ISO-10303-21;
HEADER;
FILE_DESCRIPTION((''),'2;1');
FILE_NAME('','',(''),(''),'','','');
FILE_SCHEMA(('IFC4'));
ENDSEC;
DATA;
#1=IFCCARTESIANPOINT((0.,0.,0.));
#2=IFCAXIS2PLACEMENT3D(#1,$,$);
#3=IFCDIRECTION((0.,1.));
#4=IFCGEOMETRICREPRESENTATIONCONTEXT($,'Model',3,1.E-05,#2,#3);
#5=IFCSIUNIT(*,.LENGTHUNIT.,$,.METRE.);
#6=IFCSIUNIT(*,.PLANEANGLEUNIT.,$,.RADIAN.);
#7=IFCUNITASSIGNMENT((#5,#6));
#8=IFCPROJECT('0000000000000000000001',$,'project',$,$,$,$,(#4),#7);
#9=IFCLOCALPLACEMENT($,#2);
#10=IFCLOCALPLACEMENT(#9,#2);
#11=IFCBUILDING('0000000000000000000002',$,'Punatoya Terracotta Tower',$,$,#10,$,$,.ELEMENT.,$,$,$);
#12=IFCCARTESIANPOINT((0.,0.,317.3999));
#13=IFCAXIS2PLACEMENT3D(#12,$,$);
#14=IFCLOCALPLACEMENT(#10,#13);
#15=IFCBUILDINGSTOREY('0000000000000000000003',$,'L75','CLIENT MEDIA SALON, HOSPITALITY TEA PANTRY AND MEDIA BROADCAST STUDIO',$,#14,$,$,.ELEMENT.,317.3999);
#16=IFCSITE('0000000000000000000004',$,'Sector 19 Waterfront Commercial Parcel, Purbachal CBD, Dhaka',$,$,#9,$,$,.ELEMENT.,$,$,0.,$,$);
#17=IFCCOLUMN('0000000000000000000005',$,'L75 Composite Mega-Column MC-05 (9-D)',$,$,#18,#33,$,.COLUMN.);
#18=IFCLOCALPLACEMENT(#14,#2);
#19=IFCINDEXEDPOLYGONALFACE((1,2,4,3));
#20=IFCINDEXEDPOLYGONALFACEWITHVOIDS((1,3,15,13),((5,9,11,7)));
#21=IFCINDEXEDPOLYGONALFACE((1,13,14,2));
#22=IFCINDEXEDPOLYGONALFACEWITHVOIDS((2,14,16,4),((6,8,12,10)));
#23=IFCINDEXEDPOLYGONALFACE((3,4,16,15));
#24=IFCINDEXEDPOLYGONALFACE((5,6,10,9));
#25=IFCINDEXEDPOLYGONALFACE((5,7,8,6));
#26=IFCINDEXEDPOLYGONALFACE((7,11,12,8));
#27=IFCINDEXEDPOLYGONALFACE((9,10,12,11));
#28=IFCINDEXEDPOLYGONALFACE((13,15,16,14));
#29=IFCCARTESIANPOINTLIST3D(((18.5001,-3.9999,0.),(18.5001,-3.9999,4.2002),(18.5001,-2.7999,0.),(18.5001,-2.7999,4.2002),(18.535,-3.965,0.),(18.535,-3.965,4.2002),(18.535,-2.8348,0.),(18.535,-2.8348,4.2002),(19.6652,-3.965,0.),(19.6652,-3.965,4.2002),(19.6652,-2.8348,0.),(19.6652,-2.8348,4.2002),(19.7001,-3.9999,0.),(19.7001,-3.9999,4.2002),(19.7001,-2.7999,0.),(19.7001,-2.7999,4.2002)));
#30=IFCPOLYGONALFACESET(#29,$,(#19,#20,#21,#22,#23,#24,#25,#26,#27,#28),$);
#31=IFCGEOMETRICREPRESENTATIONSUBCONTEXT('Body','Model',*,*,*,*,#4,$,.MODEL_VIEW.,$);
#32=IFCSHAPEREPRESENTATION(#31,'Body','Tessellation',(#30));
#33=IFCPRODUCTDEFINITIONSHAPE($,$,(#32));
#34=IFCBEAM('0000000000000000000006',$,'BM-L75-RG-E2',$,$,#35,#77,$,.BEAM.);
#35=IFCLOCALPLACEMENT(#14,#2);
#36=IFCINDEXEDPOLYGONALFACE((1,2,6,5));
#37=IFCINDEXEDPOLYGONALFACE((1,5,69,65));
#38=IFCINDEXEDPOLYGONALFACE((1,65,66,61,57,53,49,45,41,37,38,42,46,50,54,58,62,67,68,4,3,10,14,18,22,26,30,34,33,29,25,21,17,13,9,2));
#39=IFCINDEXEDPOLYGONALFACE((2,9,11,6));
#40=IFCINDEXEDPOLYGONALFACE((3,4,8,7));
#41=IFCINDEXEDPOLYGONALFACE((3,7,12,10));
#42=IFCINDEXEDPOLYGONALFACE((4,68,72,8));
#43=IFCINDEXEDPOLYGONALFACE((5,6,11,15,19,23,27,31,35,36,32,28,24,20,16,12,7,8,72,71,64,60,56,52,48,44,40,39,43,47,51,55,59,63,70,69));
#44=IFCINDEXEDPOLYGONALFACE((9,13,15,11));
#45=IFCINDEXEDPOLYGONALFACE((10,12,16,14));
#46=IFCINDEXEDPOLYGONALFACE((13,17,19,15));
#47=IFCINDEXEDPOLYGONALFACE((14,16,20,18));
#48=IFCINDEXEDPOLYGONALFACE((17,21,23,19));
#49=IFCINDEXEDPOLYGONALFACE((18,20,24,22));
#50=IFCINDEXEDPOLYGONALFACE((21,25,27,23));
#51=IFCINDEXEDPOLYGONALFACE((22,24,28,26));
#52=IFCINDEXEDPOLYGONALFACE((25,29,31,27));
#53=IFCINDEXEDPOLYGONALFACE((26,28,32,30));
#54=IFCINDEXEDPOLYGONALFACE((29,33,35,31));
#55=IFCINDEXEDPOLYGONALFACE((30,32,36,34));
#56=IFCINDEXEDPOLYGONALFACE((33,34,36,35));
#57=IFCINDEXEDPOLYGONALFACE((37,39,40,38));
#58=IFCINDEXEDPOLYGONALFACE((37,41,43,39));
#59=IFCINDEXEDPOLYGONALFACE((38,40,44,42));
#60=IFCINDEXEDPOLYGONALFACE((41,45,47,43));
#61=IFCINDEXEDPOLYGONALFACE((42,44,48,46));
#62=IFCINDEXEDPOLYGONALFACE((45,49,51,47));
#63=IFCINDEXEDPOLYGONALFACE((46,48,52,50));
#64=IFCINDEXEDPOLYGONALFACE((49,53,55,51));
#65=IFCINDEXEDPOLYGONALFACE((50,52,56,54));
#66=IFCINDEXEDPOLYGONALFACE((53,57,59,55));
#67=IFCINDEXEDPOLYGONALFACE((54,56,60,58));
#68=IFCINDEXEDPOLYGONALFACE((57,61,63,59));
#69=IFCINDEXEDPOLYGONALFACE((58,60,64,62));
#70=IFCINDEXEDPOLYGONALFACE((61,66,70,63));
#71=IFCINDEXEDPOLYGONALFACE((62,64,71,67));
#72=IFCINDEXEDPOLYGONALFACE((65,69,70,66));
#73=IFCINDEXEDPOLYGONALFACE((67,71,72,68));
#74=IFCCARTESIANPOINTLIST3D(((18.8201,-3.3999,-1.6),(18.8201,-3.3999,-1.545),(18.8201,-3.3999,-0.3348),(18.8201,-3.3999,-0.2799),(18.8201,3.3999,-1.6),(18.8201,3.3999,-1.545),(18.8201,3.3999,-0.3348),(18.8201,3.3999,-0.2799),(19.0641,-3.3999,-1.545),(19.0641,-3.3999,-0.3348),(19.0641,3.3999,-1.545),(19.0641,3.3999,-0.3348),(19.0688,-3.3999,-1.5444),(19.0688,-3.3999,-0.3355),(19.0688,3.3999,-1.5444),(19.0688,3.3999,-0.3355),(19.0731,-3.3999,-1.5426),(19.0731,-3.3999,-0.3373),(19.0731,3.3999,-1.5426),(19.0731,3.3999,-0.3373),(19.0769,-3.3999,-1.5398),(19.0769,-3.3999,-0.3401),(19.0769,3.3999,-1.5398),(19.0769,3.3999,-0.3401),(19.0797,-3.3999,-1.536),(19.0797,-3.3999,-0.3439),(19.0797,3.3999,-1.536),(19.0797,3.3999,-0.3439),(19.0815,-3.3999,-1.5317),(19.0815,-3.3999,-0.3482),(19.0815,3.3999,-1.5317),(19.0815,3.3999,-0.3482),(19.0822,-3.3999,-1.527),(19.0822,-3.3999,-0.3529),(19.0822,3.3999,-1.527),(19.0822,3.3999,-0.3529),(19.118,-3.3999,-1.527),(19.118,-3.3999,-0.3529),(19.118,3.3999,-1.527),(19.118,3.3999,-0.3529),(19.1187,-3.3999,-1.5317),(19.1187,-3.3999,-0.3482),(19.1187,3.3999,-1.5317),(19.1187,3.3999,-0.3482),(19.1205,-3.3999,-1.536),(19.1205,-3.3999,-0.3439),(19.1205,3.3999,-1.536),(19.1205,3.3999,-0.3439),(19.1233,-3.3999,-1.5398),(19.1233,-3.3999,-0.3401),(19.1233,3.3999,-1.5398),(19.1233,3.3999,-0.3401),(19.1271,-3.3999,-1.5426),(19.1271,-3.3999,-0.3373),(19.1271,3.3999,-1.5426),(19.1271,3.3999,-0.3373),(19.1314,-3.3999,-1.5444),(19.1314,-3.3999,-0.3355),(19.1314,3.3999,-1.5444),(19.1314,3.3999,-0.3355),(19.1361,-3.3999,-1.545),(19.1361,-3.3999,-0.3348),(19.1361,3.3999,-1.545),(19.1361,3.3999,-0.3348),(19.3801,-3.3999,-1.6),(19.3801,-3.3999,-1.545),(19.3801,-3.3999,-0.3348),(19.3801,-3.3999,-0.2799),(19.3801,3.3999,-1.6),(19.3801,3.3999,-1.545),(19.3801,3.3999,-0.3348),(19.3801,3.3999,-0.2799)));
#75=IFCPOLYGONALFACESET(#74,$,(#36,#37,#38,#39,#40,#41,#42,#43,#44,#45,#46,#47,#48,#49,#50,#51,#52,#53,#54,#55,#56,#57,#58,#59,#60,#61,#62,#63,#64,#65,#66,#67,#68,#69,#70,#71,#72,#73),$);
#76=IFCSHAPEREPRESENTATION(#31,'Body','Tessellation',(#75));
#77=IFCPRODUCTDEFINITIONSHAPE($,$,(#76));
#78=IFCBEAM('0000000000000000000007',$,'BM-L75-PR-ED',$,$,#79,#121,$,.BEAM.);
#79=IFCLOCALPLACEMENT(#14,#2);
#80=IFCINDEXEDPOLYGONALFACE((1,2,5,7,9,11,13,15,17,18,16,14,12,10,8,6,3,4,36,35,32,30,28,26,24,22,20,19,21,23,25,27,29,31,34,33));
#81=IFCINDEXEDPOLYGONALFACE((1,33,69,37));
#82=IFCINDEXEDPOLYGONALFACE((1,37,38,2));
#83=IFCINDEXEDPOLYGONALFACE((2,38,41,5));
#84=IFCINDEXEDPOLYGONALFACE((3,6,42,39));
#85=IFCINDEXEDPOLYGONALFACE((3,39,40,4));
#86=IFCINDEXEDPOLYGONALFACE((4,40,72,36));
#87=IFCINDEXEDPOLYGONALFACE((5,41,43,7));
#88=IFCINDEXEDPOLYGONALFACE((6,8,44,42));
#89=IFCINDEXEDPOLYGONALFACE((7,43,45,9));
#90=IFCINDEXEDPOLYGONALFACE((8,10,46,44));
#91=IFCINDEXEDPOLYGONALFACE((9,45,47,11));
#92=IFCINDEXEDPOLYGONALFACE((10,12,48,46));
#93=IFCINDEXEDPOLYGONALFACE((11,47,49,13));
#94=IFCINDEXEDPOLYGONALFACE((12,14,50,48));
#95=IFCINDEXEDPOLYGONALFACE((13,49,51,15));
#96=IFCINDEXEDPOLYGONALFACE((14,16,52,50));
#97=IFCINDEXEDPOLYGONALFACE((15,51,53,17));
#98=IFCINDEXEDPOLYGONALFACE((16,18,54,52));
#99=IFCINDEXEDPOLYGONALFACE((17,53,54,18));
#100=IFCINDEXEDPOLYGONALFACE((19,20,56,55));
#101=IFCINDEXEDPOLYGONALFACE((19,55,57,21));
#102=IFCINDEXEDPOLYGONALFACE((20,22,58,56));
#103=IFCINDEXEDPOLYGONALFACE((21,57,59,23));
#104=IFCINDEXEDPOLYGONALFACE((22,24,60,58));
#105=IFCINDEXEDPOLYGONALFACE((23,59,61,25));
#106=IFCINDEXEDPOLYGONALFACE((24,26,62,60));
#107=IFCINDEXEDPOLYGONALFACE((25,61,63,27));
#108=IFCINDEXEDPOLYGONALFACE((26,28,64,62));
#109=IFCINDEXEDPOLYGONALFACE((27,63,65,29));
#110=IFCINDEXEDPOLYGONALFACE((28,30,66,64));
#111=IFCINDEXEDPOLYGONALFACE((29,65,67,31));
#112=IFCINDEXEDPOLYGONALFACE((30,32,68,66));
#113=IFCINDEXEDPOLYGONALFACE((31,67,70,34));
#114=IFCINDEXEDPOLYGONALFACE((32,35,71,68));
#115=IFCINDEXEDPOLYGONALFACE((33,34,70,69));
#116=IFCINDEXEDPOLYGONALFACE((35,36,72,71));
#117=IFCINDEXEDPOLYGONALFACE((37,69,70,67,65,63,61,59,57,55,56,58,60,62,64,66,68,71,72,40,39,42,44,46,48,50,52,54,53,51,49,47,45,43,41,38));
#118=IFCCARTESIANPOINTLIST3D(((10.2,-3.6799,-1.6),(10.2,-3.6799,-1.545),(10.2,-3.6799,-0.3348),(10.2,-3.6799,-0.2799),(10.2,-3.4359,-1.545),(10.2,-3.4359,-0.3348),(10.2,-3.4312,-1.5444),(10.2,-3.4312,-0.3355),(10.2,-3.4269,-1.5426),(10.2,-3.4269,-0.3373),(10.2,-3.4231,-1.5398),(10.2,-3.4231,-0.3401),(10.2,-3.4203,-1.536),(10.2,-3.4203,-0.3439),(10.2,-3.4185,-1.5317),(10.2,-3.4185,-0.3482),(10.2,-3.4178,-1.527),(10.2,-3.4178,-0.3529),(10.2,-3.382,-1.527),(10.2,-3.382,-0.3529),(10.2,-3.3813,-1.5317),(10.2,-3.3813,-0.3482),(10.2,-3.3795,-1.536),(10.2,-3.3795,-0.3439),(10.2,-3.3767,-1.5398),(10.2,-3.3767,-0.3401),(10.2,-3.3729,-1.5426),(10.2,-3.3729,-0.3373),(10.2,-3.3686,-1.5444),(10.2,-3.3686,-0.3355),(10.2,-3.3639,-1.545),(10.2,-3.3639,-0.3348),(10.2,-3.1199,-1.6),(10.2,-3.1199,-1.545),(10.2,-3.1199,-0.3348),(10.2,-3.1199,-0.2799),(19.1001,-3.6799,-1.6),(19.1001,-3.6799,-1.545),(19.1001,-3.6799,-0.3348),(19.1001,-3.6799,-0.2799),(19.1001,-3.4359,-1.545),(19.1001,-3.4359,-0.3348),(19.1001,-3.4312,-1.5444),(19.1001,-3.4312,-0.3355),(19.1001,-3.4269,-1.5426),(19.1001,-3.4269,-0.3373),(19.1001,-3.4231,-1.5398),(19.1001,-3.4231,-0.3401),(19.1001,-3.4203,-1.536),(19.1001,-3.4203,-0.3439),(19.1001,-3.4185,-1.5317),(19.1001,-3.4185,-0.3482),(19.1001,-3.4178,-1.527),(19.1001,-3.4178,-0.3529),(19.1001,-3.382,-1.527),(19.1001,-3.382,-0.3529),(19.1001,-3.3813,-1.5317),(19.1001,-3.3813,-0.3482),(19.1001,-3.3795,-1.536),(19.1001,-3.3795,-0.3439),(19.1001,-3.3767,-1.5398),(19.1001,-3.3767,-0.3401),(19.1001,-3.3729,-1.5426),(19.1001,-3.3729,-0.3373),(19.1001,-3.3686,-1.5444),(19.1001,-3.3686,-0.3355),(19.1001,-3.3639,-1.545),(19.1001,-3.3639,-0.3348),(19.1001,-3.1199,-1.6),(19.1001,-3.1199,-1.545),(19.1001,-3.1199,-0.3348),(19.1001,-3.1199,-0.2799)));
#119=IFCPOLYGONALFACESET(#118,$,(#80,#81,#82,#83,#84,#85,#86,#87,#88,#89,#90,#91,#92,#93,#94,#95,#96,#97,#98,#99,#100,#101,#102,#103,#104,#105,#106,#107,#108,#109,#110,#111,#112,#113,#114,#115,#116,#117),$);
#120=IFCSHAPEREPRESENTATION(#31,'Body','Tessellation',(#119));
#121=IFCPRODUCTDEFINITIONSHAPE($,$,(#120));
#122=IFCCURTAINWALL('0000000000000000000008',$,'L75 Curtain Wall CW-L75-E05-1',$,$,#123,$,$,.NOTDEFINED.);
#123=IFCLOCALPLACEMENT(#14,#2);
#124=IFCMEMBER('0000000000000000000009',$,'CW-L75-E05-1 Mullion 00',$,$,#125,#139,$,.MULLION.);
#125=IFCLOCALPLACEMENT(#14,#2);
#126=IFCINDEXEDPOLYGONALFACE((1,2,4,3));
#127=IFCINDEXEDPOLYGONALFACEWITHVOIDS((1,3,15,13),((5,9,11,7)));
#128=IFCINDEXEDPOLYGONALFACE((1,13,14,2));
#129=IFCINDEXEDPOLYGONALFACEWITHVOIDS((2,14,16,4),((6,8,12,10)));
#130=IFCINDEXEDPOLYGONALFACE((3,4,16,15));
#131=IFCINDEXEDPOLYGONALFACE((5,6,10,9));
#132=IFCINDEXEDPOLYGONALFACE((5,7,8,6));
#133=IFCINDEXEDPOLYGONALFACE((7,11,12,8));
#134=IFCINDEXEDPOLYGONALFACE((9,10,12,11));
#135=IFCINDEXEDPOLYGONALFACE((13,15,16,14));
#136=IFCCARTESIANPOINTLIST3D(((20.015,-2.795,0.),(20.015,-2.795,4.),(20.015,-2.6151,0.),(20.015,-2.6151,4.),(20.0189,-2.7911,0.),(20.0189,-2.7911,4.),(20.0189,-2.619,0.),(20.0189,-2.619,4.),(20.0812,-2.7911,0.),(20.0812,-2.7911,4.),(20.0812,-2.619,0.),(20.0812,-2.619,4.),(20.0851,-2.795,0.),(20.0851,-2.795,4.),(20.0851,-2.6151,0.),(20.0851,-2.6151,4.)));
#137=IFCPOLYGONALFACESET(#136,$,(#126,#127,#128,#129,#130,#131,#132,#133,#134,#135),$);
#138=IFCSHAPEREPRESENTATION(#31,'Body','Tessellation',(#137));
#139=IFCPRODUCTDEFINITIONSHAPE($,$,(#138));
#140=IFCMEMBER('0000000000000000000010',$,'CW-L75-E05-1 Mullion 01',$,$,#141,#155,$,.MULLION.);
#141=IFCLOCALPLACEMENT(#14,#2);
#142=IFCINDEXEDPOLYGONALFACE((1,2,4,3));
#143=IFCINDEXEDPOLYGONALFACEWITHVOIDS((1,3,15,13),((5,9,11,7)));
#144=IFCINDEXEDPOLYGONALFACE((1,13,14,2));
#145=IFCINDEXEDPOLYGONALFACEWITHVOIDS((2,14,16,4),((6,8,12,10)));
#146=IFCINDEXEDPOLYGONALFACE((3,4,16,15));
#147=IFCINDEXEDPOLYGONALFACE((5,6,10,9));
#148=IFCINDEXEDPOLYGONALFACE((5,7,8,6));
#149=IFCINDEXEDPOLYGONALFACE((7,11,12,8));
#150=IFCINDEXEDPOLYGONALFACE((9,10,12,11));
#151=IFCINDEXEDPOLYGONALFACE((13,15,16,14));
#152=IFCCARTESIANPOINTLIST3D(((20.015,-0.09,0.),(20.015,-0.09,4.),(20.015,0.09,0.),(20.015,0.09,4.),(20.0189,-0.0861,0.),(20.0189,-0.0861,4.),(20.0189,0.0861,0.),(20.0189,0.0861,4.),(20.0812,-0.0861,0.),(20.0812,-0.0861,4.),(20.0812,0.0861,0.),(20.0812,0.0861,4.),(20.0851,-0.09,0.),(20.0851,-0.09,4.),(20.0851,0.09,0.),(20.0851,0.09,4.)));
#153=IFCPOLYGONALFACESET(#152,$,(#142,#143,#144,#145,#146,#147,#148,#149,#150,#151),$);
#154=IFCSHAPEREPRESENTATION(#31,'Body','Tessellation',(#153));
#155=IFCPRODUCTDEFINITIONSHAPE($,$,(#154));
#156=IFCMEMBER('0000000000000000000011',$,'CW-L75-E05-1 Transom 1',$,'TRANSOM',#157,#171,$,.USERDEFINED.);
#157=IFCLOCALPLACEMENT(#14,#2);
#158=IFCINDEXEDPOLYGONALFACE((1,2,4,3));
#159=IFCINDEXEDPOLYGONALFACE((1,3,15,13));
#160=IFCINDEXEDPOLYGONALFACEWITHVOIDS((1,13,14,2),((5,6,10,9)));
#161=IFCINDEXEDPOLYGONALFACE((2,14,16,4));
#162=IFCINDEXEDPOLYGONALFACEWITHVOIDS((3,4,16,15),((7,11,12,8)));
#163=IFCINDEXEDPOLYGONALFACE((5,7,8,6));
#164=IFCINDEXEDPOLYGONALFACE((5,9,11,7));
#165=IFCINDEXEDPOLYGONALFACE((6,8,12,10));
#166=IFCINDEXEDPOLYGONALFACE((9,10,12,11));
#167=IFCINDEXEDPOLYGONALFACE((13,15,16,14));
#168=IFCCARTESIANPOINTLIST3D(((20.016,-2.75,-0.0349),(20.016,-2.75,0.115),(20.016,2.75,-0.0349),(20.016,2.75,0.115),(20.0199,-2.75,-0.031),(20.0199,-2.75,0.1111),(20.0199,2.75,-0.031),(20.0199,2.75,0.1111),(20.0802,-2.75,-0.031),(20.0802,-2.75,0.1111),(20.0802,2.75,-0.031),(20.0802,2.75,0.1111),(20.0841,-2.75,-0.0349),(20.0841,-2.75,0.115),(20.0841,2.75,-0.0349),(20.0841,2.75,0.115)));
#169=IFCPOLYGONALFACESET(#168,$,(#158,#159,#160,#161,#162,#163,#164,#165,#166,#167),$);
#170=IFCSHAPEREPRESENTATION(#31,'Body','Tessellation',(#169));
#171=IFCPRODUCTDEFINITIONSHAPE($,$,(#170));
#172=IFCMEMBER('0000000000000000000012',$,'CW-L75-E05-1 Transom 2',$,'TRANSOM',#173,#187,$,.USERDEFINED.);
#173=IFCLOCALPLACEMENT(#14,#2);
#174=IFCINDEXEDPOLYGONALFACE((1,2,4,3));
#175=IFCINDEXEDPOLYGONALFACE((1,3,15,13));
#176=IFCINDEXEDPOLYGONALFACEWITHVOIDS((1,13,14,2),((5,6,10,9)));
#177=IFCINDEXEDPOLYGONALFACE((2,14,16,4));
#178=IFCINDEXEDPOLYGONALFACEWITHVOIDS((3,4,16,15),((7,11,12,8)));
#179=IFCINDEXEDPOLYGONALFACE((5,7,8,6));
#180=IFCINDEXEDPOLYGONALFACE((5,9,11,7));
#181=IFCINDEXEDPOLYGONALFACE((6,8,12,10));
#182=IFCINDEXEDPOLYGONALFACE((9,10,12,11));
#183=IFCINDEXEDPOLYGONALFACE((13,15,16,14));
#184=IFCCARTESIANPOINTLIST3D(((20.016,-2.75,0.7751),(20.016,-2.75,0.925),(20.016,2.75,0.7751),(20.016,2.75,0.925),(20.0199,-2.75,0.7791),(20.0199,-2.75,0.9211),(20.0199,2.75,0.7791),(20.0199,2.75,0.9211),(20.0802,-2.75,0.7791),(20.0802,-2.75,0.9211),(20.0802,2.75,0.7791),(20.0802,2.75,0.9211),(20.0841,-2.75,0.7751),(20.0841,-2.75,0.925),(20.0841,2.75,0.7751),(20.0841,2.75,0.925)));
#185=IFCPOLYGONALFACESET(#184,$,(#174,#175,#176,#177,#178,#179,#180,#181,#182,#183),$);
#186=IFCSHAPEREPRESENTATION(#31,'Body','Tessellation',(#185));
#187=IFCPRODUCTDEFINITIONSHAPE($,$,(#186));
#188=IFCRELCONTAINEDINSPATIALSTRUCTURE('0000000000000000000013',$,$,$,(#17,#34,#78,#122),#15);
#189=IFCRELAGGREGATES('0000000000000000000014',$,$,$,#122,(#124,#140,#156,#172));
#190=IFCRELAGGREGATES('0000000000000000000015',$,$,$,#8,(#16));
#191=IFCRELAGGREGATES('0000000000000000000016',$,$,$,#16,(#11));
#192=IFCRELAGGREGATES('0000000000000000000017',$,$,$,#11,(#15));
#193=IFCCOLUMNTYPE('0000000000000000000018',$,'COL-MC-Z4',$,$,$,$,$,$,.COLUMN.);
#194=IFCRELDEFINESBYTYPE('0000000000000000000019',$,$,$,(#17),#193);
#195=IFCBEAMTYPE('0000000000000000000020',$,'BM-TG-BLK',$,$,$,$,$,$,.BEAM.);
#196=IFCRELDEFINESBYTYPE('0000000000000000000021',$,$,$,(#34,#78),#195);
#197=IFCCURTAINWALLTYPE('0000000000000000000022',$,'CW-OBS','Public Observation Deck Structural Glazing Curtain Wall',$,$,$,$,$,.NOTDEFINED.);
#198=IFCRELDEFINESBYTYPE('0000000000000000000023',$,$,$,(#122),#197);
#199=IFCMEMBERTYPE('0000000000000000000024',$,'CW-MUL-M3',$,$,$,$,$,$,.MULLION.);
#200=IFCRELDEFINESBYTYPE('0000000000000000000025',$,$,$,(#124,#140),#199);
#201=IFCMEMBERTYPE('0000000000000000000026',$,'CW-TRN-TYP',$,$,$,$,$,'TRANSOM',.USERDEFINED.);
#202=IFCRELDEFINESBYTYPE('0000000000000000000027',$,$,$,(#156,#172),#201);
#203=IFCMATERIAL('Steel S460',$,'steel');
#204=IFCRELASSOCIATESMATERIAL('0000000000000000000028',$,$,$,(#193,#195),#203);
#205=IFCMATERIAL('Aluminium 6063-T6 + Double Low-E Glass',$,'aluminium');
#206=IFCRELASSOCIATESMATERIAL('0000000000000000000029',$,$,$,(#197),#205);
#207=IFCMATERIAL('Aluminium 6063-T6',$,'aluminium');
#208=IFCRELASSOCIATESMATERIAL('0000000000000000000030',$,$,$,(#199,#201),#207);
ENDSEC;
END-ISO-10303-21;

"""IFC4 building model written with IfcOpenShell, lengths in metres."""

from ifc_helpers import new_model, si_unit, direction, frame, origin, origin_2d, place, context, subcontext, project, spatial, hollow_rectangle, i_section, extrude, material, material_profile, profile_set, type_object, element, aggregate, save


model = new_model("IFC4")

# Units and contexts
model_context = context("Model", 3, precision=1e-05, world=origin(), true_north=direction((0.0, 1.0)))
body_context = subcontext(model_context, "Body", "Model", "MODEL_VIEW")
ifc_project = project(units=[si_unit("LENGTHUNIT", "METRE"), si_unit("PLANEANGLEUNIT", "RADIAN")], contexts=[model_context])

# Site, building, storey
site_placement = place(None, origin())
site = spatial("IfcSite", under=ifc_project, at=site_placement, Name="Sector 19 Waterfront Commercial Parcel, Purbachal CBD, Dhaka", CompositionType="ELEMENT", RefElevation=0.0)
building_placement = place(site_placement, origin())
building = spatial("IfcBuilding", under=site, at=building_placement, Name="Punatoya Terracotta Tower", CompositionType="ELEMENT")
storey_placement = place(building_placement, frame((0.0, 0.0, 317.3999)))
storey = spatial("IfcBuildingStorey", under=building, at=storey_placement, Name="L75", Description="CLIENT MEDIA SALON, HOSPITALITY TEA PANTRY AND MEDIA BROADCAST STUDIO", CompositionType="ELEMENT", Elevation=317.3999)

# Column
ifc_material_1 = material(Name="Steel S460", Category="steel")
ifc_material_profile_1 = material_profile(ifc_material_1, hollow_rectangle(XDim=1.2, YDim=1.2, WallThickness=0.0349, at=origin_2d()))
ifc_profile_set_1 = profile_set([ifc_material_profile_1], Name="Steel S460")
column_type = type_object("IfcColumnType", Name="COL-MC-Z4", PredefinedType="COLUMN", material=ifc_profile_set_1)
column_placement = place(storey_placement, frame((19.1001, -3.3999, 0.0), z_axis=(0.0, 0.0, 1.0), x_axis=(1.0, 0.0, 0.0)))
element("IfcColumn", 1, at=column_placement, inside=storey, type_object=column_type, Name="L75 Composite Mega-Column MC-05 (9-D)", PredefinedType="COLUMN", context=body_context, shape_type="SweptSolid", body=[
    extrude(hollow_rectangle(XDim=1.2, YDim=1.2, WallThickness=0.0349, at=origin_2d()), origin(), (0.0, 0.0, 1.0), 4.2002),
])

# Beams
ifc_material_profile_2 = material_profile(ifc_material_1, i_section(OverallWidth=0.5601, OverallDepth=1.3201, WebThickness=0.0359, FlangeThickness=0.0549, FilletRadius=0.0181, at=origin_2d()))
ifc_profile_set_2 = profile_set([ifc_material_profile_2], Name="Steel S460")
beam_type = type_object("IfcBeamType", Name="BM-TG-BLK", PredefinedType="BEAM", material=ifc_profile_set_2)
beam_1_placement = place(storey_placement, frame((19.1001, -3.3999, -0.9399), z_axis=(0.0, 1.0, 0.0), x_axis=(-1.0, 0.0, 0.0)))
element("IfcBeam", 2, at=beam_1_placement, inside=storey, type_object=beam_type, Name="BM-L75-RG-E2", PredefinedType="BEAM", context=body_context, shape_type="SweptSolid", body=[
    extrude(i_section(OverallWidth=0.5601, OverallDepth=1.3201, WebThickness=0.0359, FlangeThickness=0.0549, FilletRadius=0.0181, at=origin_2d()), origin(), (0.0, 0.0, 1.0), 6.7998),
])
beam_2_placement = place(storey_placement, frame((10.2, -3.3999, -0.9399), z_axis=(1.0, 0.0, 0.0), x_axis=(0.0, 1.0, 0.0)))
element("IfcBeam", 3, at=beam_2_placement, inside=storey, type_object=beam_type, Name="BM-L75-PR-ED", PredefinedType="BEAM", context=body_context, shape_type="SweptSolid", body=[
    extrude(i_section(OverallWidth=0.5601, OverallDepth=1.3201, WebThickness=0.0359, FlangeThickness=0.0549, FilletRadius=0.0181, at=origin_2d()), origin(), (0.0, 0.0, 1.0), 8.9001),
])

# Curtain wall, members
ifc_material_2 = material(Name="Aluminium 6063-T6 + Double Low-E Glass", Category="aluminium")
curtain_wall_type = type_object("IfcCurtainWallType", Name="CW-OBS", Description="Public Observation Deck Structural Glazing Curtain Wall", PredefinedType="NOTDEFINED", material=ifc_material_2)
curtain_wall_placement = place(storey_placement, origin())
curtain_wall = element("IfcCurtainWall", 4, at=curtain_wall_placement, inside=storey, type_object=curtain_wall_type, Name="L75 Curtain Wall CW-L75-E05-1", PredefinedType="NOTDEFINED")
ifc_material_3 = material(Name="Aluminium 6063-T6", Category="aluminium")
ifc_material_profile_3 = material_profile(ifc_material_3, hollow_rectangle(XDim=0.0701, YDim=0.1799, WallThickness=0.0039, at=origin_2d()))
ifc_profile_set_3 = profile_set([ifc_material_profile_3], Name="Aluminium 6063-T6")
member_type_1 = type_object("IfcMemberType", Name="CW-MUL-M3", PredefinedType="MULLION", material=ifc_profile_set_3)
member_1_placement = place(storey_placement, frame((20.05, -2.7051, 0.0), z_axis=(0.0, 0.0, 1.0), x_axis=(1.0, 0.0, 0.0)))
member_1 = element("IfcMember", 5, at=member_1_placement, type_object=member_type_1, Name="CW-L75-E05-1 Mullion 00", PredefinedType="MULLION", context=body_context, shape_type="SweptSolid", body=[
    extrude(hollow_rectangle(XDim=0.0701, YDim=0.1799, WallThickness=0.0039, at=origin_2d()), origin(), (0.0, 0.0, 1.0), 4.0),
])
member_2_placement = place(storey_placement, frame((20.05, 0.0, 0.0), z_axis=(0.0, 0.0, 1.0), x_axis=(1.0, 0.0, 0.0)))
member_2 = element("IfcMember", 6, at=member_2_placement, type_object=member_type_1, Name="CW-L75-E05-1 Mullion 01", PredefinedType="MULLION", context=body_context, shape_type="SweptSolid", body=[
    extrude(hollow_rectangle(XDim=0.0701, YDim=0.1799, WallThickness=0.0039, at=origin_2d()), origin(), (0.0, 0.0, 1.0), 4.0),
])
ifc_material_profile_4 = material_profile(ifc_material_3, hollow_rectangle(XDim=0.0681, YDim=0.1499, WallThickness=0.0039, at=origin_2d()))
ifc_profile_set_4 = profile_set([ifc_material_profile_4], Name="Aluminium 6063-T6")
member_type_2 = type_object("IfcMemberType", Name="CW-TRN-TYP", ElementType="TRANSOM", PredefinedType="USERDEFINED", material=ifc_profile_set_4)
member_3_placement = place(storey_placement, frame((20.05, -2.75, 0.04), z_axis=(0.0, 1.0, 0.0), x_axis=(-1.0, 0.0, 0.0)))
member_3 = element("IfcMember", 7, at=member_3_placement, type_object=member_type_2, Name="CW-L75-E05-1 Transom 1", ObjectType="TRANSOM", PredefinedType="USERDEFINED", context=body_context, shape_type="SweptSolid", body=[
    extrude(hollow_rectangle(XDim=0.0681, YDim=0.1499, WallThickness=0.0039, at=origin_2d()), origin(), (0.0, 0.0, 1.0), 5.5),
])
member_4_placement = place(storey_placement, frame((20.05, -2.75, 0.8501), z_axis=(0.0, 1.0, 0.0), x_axis=(-1.0, 0.0, 0.0)))
member_4 = element("IfcMember", 8, at=member_4_placement, type_object=member_type_2, Name="CW-L75-E05-1 Transom 2", ObjectType="TRANSOM", PredefinedType="USERDEFINED", context=body_context, shape_type="SweptSolid", body=[
    extrude(hollow_rectangle(XDim=0.0681, YDim=0.1499, WallThickness=0.0039, at=origin_2d()), origin(), (0.0, 0.0, 1.0), 5.5),
])

aggregate(curtain_wall, [member_1, member_2, member_3, member_4])

save(model, "model.ifc")
